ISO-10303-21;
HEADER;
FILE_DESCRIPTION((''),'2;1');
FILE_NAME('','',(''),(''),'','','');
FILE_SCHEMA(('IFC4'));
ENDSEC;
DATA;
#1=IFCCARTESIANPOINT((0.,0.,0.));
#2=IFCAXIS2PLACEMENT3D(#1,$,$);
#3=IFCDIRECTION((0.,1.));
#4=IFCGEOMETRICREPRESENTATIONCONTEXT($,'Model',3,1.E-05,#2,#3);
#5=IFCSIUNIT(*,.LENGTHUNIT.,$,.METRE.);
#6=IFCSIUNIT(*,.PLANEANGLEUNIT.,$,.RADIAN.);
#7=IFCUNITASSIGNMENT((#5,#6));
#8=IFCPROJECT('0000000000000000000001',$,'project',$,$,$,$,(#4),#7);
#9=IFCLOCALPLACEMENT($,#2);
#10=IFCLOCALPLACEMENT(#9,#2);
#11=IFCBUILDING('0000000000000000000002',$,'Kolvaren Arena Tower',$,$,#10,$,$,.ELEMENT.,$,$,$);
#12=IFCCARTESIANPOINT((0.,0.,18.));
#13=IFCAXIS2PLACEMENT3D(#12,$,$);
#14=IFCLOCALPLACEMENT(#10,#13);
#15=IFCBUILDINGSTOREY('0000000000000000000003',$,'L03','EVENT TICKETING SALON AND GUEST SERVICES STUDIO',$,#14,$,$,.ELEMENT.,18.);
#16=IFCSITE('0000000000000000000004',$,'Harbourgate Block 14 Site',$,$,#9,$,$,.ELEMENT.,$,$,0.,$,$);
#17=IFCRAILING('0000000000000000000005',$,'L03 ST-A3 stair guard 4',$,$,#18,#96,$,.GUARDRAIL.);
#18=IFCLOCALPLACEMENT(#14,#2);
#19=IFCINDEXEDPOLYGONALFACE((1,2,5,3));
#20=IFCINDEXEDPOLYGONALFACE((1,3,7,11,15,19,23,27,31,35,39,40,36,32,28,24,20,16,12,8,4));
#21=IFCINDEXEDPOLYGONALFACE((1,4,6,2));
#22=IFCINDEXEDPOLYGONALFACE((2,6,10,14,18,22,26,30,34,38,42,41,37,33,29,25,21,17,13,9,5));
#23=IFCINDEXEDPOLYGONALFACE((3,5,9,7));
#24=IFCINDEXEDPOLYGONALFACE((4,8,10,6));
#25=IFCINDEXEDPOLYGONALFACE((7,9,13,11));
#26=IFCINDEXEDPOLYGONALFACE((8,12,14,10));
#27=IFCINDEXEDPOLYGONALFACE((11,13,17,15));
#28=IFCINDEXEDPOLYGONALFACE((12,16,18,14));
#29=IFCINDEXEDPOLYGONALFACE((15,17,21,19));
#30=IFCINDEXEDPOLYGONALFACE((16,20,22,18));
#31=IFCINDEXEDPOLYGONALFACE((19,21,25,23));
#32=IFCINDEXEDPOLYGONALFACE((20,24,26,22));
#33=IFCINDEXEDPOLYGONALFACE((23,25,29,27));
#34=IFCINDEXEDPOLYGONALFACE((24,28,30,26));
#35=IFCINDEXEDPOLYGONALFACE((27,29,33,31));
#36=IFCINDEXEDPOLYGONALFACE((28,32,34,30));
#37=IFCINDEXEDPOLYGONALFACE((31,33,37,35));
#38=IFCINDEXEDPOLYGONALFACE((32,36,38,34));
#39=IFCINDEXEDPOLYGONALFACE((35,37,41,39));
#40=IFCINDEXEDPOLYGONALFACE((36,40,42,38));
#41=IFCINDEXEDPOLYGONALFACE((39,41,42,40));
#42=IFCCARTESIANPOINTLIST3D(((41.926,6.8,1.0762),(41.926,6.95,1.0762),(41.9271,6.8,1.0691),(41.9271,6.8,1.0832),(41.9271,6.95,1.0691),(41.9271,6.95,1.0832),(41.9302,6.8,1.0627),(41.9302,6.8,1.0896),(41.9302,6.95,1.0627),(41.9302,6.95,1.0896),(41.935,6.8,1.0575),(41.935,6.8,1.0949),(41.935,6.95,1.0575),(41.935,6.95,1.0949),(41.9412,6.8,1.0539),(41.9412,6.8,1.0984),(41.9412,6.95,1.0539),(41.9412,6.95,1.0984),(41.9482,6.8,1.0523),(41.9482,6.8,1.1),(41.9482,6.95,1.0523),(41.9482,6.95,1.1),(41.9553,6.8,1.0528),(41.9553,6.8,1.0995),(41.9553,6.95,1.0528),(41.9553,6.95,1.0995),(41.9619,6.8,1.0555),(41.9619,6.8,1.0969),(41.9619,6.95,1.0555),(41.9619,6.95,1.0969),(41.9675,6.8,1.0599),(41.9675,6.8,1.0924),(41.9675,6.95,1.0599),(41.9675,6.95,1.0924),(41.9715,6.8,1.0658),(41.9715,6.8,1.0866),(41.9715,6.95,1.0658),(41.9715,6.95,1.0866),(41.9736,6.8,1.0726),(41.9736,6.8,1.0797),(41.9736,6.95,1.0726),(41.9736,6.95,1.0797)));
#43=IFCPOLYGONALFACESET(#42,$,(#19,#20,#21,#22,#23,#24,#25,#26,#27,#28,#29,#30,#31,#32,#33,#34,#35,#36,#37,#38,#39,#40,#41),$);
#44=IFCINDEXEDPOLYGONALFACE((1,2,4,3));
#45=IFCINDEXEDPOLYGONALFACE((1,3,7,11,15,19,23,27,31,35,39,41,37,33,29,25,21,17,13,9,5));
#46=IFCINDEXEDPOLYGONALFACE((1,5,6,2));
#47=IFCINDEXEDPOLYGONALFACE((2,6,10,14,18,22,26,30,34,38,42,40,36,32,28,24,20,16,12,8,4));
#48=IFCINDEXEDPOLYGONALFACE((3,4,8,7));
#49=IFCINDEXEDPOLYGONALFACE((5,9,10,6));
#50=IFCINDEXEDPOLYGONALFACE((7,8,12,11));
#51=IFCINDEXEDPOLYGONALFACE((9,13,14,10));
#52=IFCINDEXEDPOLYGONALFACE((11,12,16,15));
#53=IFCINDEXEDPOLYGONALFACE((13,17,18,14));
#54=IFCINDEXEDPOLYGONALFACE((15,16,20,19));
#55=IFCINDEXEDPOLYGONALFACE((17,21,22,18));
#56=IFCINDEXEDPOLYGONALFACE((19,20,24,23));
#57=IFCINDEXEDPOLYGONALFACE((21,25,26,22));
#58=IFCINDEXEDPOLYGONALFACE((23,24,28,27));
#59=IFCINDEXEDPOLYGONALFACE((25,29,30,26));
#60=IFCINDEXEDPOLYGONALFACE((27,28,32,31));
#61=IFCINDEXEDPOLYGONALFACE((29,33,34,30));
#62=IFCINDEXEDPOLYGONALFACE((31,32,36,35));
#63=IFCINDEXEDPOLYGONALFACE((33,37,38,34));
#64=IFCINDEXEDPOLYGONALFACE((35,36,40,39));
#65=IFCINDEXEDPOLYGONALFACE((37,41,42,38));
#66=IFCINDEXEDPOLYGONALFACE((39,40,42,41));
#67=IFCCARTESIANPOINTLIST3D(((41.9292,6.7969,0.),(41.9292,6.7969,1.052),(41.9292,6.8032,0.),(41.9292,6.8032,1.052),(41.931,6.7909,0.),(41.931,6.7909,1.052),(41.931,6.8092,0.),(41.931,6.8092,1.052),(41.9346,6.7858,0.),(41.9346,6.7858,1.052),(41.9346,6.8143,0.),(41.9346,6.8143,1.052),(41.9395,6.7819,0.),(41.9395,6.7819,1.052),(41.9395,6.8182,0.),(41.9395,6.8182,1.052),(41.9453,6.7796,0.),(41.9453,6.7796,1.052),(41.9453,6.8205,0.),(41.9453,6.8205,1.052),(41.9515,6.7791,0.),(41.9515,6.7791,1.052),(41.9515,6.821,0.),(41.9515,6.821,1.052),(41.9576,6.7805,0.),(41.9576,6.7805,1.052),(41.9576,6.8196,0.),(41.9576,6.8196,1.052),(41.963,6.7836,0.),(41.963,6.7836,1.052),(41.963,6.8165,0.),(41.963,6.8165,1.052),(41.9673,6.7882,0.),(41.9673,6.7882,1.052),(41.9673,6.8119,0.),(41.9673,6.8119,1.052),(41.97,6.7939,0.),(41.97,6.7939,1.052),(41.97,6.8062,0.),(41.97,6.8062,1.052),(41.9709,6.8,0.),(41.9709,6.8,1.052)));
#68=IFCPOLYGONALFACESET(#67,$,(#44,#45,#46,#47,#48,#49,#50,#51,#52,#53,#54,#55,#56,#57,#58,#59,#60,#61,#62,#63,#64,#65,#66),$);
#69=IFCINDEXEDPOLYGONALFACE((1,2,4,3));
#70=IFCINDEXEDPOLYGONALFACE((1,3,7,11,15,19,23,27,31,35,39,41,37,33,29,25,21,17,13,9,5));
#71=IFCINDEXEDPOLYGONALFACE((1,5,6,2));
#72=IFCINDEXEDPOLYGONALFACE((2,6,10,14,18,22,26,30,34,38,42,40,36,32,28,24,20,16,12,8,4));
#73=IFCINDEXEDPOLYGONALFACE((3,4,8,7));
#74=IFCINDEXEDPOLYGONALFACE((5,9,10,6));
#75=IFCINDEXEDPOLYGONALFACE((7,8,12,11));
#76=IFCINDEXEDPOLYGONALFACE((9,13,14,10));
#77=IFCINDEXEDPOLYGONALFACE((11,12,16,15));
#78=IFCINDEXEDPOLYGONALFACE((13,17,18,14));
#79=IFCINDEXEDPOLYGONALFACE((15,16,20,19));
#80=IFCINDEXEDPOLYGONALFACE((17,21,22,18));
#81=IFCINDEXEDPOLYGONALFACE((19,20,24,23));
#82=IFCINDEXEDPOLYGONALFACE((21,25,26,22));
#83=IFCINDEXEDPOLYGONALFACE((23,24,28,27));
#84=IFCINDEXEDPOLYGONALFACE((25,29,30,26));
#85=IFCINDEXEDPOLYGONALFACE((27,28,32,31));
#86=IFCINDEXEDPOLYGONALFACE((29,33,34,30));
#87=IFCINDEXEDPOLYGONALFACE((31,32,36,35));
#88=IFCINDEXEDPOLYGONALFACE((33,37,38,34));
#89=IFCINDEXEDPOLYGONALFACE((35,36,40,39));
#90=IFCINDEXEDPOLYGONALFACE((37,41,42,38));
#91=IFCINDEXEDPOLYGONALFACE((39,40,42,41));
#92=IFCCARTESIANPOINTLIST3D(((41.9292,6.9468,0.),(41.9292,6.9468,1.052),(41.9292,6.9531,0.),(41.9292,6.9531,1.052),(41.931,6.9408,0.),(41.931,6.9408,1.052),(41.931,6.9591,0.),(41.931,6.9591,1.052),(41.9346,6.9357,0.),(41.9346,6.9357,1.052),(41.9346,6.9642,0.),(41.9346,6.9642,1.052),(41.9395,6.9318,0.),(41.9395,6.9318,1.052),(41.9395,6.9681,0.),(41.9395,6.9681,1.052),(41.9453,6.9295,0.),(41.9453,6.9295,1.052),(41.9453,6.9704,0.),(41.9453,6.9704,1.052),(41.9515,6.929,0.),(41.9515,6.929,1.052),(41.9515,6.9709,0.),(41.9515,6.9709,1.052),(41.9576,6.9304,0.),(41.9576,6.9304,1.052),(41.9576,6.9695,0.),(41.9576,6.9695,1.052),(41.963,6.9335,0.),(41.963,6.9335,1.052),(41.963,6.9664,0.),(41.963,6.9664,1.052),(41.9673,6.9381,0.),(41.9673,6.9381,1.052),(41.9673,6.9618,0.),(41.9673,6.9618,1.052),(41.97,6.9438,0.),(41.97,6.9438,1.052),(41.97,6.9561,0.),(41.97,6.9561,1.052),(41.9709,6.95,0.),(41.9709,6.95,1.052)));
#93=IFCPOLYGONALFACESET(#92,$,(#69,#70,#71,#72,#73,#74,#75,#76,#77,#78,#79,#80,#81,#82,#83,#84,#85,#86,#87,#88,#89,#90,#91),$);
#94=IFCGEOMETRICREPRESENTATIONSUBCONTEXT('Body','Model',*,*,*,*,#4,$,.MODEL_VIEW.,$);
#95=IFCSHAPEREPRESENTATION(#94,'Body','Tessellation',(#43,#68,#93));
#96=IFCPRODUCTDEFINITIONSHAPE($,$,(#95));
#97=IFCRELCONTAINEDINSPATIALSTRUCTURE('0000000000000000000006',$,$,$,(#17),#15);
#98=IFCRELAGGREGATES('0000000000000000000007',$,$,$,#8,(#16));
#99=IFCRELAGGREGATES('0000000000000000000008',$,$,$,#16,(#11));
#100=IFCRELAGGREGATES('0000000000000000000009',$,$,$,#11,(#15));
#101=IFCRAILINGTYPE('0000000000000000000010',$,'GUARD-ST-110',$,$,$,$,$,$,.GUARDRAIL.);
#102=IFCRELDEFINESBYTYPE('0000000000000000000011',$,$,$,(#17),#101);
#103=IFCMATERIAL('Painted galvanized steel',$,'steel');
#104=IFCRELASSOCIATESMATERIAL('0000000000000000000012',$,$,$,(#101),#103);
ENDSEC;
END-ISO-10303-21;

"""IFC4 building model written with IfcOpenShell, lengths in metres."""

from ifc_helpers import new_model, si_unit, direction, frame, origin, origin_2d, place, context, subcontext, project, spatial, circle, extrude, material, type_object, element, save


model = new_model("IFC4")

# Units and contexts
model_context = context("Model", 3, precision=1e-05, world=origin(), true_north=direction((0.0, 1.0)))
body_context = subcontext(model_context, "Body", "Model", "MODEL_VIEW")
ifc_project = project(units=[si_unit("LENGTHUNIT", "METRE"), si_unit("PLANEANGLEUNIT", "RADIAN")], contexts=[model_context])

# Site, building, storey
site_placement = place(None, origin())
site = spatial("IfcSite", under=ifc_project, at=site_placement, Name="Harbourgate Block 14 Site", CompositionType="ELEMENT", RefElevation=0.0)
building_placement = place(site_placement, origin())
building = spatial("IfcBuilding", under=site, at=building_placement, Name="Kolvaren Arena Tower", CompositionType="ELEMENT")
storey_placement = place(building_placement, frame((0.0, 0.0, 18.0)))
storey = spatial("IfcBuildingStorey", under=building, at=storey_placement, Name="L03", Description="EVENT TICKETING SALON AND GUEST SERVICES STUDIO", CompositionType="ELEMENT", Elevation=18.0)

# Railing
ifc_material_1 = material(Name="Painted galvanized steel", Category="steel")
railing_type_1 = type_object("IfcRailingType", Name="GUARD-ST-110", PredefinedType="GUARDRAIL", material=ifc_material_1)
railing_1_placement = place(storey_placement, frame((41.95, 6.8, 0.0)))
element("IfcRailing", 1, at=railing_1_placement, inside=storey, type_object=railing_type_1, Name="L03 ST-A3 stair guard 4", PredefinedType="GUARDRAIL", context=body_context, shape_type="SweptSolid", body=[
    extrude(circle(Radius=0.0239, at=origin_2d()), frame((0.0, 0.0, 1.0762), z_axis=(0.0, 1.0, 0.0), x_axis=(-1.0, 0.0, 0.0)), (0.0, 0.0, 1.0), 0.1499),
    extrude(circle(Radius=0.021, at=origin_2d()), origin(), (0.0, 0.0, 1.0), 1.052),
    extrude(circle(Radius=0.021, at=origin_2d()), frame((0.0, 0.1499, 0.0)), (0.0, 0.0, 1.0), 1.052),
])

save(model, "model.ifc")
